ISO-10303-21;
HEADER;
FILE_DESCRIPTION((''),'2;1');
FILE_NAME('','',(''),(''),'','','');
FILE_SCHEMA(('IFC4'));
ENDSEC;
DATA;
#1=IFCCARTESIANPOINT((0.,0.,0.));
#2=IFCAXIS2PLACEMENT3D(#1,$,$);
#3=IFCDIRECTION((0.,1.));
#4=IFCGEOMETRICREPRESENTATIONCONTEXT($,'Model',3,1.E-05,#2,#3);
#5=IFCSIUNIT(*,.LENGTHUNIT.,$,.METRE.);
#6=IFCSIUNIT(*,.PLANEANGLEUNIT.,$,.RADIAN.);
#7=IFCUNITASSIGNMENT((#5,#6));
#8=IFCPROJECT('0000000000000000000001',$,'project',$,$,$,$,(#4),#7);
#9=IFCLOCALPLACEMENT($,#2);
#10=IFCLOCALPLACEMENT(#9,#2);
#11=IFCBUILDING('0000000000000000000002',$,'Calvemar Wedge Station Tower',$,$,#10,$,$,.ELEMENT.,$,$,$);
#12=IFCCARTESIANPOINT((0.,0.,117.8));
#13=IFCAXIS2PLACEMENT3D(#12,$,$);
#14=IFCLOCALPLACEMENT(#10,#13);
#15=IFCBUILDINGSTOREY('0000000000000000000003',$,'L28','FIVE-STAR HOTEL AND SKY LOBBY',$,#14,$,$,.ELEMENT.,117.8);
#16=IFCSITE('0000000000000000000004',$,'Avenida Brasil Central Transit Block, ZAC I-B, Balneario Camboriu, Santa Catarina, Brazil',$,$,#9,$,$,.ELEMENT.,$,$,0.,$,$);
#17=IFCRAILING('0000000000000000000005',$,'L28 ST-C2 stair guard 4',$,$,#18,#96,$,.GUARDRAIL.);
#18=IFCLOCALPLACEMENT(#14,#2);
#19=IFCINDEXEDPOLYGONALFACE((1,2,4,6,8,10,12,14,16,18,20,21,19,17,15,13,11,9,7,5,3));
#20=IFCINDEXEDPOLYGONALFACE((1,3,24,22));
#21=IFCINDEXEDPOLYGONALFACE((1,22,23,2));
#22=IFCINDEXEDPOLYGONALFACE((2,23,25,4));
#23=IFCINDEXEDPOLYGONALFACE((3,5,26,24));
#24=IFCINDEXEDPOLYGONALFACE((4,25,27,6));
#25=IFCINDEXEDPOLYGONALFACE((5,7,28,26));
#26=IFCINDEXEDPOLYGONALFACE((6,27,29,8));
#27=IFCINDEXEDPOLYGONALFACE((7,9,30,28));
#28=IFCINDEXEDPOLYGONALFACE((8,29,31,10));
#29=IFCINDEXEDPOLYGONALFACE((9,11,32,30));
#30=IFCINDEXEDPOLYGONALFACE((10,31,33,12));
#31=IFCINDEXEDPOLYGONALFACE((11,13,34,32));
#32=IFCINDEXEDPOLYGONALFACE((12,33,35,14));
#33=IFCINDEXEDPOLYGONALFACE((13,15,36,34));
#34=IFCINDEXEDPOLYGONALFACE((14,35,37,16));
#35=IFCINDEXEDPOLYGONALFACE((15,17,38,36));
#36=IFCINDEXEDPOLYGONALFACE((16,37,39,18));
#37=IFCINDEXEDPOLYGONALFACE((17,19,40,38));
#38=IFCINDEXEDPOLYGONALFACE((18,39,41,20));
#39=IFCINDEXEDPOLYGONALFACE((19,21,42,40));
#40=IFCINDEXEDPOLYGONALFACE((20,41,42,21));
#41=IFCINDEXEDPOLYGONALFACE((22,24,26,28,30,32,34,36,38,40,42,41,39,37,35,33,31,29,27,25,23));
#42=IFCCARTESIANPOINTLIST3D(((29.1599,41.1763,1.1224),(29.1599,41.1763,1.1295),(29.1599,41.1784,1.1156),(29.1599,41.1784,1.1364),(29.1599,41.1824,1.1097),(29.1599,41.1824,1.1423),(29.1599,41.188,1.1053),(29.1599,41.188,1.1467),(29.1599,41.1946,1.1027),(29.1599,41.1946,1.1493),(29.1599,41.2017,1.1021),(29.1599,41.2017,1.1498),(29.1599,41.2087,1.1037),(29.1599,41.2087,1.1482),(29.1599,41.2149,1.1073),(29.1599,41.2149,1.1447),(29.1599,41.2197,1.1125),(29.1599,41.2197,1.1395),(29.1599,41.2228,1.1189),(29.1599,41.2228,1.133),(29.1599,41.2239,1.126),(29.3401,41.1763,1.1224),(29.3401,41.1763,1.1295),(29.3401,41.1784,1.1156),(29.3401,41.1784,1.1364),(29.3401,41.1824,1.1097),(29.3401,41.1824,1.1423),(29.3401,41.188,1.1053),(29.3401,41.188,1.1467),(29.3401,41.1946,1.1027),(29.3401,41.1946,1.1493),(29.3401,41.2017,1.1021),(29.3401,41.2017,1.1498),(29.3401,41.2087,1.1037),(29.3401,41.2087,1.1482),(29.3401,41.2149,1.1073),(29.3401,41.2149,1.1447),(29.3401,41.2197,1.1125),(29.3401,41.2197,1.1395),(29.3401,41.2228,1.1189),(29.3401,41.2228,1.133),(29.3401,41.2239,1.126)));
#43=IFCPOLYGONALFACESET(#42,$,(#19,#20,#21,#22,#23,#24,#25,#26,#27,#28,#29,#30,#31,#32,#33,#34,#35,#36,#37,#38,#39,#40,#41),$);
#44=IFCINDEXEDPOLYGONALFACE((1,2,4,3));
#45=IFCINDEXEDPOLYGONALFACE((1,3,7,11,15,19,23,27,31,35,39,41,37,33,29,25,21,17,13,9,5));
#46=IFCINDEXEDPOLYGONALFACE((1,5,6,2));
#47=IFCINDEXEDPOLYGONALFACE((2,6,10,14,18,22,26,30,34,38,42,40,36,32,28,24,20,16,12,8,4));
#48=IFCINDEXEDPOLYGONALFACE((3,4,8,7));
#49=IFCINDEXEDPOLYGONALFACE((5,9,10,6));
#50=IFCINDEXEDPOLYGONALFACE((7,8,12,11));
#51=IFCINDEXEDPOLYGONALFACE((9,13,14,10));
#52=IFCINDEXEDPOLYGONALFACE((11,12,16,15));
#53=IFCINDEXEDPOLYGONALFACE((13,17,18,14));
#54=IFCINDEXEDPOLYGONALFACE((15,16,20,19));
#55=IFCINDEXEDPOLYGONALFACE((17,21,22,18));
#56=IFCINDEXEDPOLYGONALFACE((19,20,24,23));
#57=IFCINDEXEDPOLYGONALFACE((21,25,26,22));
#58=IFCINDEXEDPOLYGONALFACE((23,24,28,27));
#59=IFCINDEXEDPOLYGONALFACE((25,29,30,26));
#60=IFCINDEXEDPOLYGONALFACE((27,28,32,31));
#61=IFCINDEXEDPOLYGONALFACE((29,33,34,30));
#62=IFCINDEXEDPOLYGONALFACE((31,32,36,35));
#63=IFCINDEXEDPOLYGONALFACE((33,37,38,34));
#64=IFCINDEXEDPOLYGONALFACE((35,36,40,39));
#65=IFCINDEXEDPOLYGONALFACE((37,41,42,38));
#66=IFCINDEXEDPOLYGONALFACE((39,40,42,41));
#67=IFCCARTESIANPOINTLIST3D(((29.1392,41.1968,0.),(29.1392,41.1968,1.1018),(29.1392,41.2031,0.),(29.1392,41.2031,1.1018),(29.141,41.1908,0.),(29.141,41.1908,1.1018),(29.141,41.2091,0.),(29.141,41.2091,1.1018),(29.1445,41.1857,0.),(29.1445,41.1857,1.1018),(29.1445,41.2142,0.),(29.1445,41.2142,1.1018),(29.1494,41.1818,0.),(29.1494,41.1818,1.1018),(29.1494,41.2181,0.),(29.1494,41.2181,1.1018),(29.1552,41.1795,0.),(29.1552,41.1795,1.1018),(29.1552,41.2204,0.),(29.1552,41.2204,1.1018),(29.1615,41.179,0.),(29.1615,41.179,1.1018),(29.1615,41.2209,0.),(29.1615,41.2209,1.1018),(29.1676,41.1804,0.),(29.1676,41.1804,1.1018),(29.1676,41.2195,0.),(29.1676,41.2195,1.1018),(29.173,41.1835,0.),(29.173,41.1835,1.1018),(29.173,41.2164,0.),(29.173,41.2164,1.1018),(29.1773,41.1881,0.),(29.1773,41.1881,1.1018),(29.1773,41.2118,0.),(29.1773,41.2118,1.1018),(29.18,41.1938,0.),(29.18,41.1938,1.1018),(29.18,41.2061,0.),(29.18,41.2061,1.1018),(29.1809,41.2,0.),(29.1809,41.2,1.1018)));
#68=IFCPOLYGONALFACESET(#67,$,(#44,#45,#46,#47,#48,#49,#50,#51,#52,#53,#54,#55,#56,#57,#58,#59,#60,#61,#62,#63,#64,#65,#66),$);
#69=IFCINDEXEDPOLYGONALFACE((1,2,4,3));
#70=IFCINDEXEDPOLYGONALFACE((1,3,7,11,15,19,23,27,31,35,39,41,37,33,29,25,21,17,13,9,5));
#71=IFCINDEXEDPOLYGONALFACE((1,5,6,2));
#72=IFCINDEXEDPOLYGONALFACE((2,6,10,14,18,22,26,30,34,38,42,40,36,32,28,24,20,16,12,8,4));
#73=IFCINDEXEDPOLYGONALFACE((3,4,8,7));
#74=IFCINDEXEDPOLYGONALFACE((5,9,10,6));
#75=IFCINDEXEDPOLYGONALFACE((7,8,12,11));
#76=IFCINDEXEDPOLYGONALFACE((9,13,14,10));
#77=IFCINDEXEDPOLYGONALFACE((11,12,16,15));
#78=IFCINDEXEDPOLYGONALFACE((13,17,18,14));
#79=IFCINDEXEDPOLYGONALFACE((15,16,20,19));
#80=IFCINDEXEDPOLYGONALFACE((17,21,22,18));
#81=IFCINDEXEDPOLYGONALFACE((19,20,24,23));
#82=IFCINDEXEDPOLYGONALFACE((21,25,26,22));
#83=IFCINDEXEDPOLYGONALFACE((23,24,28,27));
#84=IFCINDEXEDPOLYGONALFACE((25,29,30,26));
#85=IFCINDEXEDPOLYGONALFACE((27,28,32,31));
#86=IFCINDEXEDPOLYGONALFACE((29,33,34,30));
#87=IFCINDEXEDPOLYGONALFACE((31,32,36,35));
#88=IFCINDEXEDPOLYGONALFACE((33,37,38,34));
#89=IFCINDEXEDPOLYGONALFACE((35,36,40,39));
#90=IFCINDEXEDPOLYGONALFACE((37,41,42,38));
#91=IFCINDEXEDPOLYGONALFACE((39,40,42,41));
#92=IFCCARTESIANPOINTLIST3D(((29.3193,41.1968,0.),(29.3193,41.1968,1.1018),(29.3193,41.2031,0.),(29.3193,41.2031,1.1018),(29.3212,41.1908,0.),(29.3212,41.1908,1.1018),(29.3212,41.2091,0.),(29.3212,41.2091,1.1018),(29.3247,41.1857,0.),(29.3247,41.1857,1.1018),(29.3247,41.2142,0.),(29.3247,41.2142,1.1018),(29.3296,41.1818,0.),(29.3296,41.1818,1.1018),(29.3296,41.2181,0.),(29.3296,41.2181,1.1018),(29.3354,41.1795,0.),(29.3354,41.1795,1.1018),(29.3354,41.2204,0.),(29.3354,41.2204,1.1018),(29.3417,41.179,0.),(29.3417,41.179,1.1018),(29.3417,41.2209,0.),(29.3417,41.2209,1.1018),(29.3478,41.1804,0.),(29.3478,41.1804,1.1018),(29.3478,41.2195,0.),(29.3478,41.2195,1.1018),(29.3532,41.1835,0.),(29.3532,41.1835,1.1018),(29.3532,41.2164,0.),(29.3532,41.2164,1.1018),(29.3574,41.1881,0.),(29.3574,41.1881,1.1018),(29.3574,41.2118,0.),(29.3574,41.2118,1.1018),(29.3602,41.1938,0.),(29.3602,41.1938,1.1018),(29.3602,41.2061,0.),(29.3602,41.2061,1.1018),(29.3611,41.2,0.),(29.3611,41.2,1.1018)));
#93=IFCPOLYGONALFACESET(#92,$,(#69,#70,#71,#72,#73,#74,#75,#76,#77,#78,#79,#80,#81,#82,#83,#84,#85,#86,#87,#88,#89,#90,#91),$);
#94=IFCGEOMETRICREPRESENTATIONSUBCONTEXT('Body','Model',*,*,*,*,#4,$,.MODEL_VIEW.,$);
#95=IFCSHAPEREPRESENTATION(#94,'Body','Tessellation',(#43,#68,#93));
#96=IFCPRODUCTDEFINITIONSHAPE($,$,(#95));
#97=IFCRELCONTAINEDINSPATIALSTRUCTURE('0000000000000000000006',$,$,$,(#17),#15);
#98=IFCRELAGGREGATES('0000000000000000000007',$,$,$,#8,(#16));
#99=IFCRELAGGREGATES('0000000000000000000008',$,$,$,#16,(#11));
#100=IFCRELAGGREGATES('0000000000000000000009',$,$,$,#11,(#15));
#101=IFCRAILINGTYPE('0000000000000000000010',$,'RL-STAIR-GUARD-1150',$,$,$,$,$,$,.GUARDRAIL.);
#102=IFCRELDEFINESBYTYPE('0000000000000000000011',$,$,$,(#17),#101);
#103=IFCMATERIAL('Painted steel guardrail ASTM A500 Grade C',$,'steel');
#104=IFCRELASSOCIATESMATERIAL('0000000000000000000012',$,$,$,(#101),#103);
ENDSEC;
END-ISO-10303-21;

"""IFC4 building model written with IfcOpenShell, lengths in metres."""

from ifc_helpers import new_model, si_unit, direction, frame, origin, origin_2d, place, context, subcontext, project, spatial, circle, extrude, material, type_object, element, save


model = new_model("IFC4")

# Units and contexts
model_context = context("Model", 3, precision=1e-05, world=origin(), true_north=direction((0.0, 1.0)))
body_context = subcontext(model_context, "Body", "Model", "MODEL_VIEW")
ifc_project = project(units=[si_unit("LENGTHUNIT", "METRE"), si_unit("PLANEANGLEUNIT", "RADIAN")], contexts=[model_context])

# Site, building, storey
site_placement = place(None, origin())
site = spatial("IfcSite", under=ifc_project, at=site_placement, Name="Avenida Brasil Central Transit Block, ZAC I-B, Balneario Camboriu, Santa Catarina, Brazil", CompositionType="ELEMENT", RefElevation=0.0)
building_placement = place(site_placement, origin())
building = spatial("IfcBuilding", under=site, at=building_placement, Name="Calvemar Wedge Station Tower", CompositionType="ELEMENT")
storey_placement = place(building_placement, frame((0.0, 0.0, 117.8)))
storey = spatial("IfcBuildingStorey", under=building, at=storey_placement, Name="L28", Description="FIVE-STAR HOTEL AND SKY LOBBY", CompositionType="ELEMENT", Elevation=117.8)

# Railing
ifc_material_1 = material(Name="Painted steel guardrail ASTM A500 Grade C", Category="steel")
railing_type_1 = type_object("IfcRailingType", Name="RL-STAIR-GUARD-1150", PredefinedType="GUARDRAIL", material=ifc_material_1)
railing_1_placement = place(storey_placement, frame((29.1599, 41.2, 0.0)))
element("IfcRailing", 1, at=railing_1_placement, inside=storey, type_object=railing_type_1, Name="L28 ST-C2 stair guard 4", PredefinedType="GUARDRAIL", context=body_context, shape_type="SweptSolid", body=[
    extrude(circle(Radius=0.0239, at=origin_2d()), frame((0.0, 0.0, 1.126), z_axis=(1.0, 0.0, 0.0), x_axis=(0.0, 1.0, 0.0)), (0.0, 0.0, 1.0), 0.1802),
    extrude(circle(Radius=0.021, at=origin_2d()), origin(), (0.0, 0.0, 1.0), 1.1018),
    extrude(circle(Radius=0.021, at=origin_2d()), frame((0.1802, 0.0, 0.0)), (0.0, 0.0, 1.0), 1.1018),
])

save(model, "model.ifc")
